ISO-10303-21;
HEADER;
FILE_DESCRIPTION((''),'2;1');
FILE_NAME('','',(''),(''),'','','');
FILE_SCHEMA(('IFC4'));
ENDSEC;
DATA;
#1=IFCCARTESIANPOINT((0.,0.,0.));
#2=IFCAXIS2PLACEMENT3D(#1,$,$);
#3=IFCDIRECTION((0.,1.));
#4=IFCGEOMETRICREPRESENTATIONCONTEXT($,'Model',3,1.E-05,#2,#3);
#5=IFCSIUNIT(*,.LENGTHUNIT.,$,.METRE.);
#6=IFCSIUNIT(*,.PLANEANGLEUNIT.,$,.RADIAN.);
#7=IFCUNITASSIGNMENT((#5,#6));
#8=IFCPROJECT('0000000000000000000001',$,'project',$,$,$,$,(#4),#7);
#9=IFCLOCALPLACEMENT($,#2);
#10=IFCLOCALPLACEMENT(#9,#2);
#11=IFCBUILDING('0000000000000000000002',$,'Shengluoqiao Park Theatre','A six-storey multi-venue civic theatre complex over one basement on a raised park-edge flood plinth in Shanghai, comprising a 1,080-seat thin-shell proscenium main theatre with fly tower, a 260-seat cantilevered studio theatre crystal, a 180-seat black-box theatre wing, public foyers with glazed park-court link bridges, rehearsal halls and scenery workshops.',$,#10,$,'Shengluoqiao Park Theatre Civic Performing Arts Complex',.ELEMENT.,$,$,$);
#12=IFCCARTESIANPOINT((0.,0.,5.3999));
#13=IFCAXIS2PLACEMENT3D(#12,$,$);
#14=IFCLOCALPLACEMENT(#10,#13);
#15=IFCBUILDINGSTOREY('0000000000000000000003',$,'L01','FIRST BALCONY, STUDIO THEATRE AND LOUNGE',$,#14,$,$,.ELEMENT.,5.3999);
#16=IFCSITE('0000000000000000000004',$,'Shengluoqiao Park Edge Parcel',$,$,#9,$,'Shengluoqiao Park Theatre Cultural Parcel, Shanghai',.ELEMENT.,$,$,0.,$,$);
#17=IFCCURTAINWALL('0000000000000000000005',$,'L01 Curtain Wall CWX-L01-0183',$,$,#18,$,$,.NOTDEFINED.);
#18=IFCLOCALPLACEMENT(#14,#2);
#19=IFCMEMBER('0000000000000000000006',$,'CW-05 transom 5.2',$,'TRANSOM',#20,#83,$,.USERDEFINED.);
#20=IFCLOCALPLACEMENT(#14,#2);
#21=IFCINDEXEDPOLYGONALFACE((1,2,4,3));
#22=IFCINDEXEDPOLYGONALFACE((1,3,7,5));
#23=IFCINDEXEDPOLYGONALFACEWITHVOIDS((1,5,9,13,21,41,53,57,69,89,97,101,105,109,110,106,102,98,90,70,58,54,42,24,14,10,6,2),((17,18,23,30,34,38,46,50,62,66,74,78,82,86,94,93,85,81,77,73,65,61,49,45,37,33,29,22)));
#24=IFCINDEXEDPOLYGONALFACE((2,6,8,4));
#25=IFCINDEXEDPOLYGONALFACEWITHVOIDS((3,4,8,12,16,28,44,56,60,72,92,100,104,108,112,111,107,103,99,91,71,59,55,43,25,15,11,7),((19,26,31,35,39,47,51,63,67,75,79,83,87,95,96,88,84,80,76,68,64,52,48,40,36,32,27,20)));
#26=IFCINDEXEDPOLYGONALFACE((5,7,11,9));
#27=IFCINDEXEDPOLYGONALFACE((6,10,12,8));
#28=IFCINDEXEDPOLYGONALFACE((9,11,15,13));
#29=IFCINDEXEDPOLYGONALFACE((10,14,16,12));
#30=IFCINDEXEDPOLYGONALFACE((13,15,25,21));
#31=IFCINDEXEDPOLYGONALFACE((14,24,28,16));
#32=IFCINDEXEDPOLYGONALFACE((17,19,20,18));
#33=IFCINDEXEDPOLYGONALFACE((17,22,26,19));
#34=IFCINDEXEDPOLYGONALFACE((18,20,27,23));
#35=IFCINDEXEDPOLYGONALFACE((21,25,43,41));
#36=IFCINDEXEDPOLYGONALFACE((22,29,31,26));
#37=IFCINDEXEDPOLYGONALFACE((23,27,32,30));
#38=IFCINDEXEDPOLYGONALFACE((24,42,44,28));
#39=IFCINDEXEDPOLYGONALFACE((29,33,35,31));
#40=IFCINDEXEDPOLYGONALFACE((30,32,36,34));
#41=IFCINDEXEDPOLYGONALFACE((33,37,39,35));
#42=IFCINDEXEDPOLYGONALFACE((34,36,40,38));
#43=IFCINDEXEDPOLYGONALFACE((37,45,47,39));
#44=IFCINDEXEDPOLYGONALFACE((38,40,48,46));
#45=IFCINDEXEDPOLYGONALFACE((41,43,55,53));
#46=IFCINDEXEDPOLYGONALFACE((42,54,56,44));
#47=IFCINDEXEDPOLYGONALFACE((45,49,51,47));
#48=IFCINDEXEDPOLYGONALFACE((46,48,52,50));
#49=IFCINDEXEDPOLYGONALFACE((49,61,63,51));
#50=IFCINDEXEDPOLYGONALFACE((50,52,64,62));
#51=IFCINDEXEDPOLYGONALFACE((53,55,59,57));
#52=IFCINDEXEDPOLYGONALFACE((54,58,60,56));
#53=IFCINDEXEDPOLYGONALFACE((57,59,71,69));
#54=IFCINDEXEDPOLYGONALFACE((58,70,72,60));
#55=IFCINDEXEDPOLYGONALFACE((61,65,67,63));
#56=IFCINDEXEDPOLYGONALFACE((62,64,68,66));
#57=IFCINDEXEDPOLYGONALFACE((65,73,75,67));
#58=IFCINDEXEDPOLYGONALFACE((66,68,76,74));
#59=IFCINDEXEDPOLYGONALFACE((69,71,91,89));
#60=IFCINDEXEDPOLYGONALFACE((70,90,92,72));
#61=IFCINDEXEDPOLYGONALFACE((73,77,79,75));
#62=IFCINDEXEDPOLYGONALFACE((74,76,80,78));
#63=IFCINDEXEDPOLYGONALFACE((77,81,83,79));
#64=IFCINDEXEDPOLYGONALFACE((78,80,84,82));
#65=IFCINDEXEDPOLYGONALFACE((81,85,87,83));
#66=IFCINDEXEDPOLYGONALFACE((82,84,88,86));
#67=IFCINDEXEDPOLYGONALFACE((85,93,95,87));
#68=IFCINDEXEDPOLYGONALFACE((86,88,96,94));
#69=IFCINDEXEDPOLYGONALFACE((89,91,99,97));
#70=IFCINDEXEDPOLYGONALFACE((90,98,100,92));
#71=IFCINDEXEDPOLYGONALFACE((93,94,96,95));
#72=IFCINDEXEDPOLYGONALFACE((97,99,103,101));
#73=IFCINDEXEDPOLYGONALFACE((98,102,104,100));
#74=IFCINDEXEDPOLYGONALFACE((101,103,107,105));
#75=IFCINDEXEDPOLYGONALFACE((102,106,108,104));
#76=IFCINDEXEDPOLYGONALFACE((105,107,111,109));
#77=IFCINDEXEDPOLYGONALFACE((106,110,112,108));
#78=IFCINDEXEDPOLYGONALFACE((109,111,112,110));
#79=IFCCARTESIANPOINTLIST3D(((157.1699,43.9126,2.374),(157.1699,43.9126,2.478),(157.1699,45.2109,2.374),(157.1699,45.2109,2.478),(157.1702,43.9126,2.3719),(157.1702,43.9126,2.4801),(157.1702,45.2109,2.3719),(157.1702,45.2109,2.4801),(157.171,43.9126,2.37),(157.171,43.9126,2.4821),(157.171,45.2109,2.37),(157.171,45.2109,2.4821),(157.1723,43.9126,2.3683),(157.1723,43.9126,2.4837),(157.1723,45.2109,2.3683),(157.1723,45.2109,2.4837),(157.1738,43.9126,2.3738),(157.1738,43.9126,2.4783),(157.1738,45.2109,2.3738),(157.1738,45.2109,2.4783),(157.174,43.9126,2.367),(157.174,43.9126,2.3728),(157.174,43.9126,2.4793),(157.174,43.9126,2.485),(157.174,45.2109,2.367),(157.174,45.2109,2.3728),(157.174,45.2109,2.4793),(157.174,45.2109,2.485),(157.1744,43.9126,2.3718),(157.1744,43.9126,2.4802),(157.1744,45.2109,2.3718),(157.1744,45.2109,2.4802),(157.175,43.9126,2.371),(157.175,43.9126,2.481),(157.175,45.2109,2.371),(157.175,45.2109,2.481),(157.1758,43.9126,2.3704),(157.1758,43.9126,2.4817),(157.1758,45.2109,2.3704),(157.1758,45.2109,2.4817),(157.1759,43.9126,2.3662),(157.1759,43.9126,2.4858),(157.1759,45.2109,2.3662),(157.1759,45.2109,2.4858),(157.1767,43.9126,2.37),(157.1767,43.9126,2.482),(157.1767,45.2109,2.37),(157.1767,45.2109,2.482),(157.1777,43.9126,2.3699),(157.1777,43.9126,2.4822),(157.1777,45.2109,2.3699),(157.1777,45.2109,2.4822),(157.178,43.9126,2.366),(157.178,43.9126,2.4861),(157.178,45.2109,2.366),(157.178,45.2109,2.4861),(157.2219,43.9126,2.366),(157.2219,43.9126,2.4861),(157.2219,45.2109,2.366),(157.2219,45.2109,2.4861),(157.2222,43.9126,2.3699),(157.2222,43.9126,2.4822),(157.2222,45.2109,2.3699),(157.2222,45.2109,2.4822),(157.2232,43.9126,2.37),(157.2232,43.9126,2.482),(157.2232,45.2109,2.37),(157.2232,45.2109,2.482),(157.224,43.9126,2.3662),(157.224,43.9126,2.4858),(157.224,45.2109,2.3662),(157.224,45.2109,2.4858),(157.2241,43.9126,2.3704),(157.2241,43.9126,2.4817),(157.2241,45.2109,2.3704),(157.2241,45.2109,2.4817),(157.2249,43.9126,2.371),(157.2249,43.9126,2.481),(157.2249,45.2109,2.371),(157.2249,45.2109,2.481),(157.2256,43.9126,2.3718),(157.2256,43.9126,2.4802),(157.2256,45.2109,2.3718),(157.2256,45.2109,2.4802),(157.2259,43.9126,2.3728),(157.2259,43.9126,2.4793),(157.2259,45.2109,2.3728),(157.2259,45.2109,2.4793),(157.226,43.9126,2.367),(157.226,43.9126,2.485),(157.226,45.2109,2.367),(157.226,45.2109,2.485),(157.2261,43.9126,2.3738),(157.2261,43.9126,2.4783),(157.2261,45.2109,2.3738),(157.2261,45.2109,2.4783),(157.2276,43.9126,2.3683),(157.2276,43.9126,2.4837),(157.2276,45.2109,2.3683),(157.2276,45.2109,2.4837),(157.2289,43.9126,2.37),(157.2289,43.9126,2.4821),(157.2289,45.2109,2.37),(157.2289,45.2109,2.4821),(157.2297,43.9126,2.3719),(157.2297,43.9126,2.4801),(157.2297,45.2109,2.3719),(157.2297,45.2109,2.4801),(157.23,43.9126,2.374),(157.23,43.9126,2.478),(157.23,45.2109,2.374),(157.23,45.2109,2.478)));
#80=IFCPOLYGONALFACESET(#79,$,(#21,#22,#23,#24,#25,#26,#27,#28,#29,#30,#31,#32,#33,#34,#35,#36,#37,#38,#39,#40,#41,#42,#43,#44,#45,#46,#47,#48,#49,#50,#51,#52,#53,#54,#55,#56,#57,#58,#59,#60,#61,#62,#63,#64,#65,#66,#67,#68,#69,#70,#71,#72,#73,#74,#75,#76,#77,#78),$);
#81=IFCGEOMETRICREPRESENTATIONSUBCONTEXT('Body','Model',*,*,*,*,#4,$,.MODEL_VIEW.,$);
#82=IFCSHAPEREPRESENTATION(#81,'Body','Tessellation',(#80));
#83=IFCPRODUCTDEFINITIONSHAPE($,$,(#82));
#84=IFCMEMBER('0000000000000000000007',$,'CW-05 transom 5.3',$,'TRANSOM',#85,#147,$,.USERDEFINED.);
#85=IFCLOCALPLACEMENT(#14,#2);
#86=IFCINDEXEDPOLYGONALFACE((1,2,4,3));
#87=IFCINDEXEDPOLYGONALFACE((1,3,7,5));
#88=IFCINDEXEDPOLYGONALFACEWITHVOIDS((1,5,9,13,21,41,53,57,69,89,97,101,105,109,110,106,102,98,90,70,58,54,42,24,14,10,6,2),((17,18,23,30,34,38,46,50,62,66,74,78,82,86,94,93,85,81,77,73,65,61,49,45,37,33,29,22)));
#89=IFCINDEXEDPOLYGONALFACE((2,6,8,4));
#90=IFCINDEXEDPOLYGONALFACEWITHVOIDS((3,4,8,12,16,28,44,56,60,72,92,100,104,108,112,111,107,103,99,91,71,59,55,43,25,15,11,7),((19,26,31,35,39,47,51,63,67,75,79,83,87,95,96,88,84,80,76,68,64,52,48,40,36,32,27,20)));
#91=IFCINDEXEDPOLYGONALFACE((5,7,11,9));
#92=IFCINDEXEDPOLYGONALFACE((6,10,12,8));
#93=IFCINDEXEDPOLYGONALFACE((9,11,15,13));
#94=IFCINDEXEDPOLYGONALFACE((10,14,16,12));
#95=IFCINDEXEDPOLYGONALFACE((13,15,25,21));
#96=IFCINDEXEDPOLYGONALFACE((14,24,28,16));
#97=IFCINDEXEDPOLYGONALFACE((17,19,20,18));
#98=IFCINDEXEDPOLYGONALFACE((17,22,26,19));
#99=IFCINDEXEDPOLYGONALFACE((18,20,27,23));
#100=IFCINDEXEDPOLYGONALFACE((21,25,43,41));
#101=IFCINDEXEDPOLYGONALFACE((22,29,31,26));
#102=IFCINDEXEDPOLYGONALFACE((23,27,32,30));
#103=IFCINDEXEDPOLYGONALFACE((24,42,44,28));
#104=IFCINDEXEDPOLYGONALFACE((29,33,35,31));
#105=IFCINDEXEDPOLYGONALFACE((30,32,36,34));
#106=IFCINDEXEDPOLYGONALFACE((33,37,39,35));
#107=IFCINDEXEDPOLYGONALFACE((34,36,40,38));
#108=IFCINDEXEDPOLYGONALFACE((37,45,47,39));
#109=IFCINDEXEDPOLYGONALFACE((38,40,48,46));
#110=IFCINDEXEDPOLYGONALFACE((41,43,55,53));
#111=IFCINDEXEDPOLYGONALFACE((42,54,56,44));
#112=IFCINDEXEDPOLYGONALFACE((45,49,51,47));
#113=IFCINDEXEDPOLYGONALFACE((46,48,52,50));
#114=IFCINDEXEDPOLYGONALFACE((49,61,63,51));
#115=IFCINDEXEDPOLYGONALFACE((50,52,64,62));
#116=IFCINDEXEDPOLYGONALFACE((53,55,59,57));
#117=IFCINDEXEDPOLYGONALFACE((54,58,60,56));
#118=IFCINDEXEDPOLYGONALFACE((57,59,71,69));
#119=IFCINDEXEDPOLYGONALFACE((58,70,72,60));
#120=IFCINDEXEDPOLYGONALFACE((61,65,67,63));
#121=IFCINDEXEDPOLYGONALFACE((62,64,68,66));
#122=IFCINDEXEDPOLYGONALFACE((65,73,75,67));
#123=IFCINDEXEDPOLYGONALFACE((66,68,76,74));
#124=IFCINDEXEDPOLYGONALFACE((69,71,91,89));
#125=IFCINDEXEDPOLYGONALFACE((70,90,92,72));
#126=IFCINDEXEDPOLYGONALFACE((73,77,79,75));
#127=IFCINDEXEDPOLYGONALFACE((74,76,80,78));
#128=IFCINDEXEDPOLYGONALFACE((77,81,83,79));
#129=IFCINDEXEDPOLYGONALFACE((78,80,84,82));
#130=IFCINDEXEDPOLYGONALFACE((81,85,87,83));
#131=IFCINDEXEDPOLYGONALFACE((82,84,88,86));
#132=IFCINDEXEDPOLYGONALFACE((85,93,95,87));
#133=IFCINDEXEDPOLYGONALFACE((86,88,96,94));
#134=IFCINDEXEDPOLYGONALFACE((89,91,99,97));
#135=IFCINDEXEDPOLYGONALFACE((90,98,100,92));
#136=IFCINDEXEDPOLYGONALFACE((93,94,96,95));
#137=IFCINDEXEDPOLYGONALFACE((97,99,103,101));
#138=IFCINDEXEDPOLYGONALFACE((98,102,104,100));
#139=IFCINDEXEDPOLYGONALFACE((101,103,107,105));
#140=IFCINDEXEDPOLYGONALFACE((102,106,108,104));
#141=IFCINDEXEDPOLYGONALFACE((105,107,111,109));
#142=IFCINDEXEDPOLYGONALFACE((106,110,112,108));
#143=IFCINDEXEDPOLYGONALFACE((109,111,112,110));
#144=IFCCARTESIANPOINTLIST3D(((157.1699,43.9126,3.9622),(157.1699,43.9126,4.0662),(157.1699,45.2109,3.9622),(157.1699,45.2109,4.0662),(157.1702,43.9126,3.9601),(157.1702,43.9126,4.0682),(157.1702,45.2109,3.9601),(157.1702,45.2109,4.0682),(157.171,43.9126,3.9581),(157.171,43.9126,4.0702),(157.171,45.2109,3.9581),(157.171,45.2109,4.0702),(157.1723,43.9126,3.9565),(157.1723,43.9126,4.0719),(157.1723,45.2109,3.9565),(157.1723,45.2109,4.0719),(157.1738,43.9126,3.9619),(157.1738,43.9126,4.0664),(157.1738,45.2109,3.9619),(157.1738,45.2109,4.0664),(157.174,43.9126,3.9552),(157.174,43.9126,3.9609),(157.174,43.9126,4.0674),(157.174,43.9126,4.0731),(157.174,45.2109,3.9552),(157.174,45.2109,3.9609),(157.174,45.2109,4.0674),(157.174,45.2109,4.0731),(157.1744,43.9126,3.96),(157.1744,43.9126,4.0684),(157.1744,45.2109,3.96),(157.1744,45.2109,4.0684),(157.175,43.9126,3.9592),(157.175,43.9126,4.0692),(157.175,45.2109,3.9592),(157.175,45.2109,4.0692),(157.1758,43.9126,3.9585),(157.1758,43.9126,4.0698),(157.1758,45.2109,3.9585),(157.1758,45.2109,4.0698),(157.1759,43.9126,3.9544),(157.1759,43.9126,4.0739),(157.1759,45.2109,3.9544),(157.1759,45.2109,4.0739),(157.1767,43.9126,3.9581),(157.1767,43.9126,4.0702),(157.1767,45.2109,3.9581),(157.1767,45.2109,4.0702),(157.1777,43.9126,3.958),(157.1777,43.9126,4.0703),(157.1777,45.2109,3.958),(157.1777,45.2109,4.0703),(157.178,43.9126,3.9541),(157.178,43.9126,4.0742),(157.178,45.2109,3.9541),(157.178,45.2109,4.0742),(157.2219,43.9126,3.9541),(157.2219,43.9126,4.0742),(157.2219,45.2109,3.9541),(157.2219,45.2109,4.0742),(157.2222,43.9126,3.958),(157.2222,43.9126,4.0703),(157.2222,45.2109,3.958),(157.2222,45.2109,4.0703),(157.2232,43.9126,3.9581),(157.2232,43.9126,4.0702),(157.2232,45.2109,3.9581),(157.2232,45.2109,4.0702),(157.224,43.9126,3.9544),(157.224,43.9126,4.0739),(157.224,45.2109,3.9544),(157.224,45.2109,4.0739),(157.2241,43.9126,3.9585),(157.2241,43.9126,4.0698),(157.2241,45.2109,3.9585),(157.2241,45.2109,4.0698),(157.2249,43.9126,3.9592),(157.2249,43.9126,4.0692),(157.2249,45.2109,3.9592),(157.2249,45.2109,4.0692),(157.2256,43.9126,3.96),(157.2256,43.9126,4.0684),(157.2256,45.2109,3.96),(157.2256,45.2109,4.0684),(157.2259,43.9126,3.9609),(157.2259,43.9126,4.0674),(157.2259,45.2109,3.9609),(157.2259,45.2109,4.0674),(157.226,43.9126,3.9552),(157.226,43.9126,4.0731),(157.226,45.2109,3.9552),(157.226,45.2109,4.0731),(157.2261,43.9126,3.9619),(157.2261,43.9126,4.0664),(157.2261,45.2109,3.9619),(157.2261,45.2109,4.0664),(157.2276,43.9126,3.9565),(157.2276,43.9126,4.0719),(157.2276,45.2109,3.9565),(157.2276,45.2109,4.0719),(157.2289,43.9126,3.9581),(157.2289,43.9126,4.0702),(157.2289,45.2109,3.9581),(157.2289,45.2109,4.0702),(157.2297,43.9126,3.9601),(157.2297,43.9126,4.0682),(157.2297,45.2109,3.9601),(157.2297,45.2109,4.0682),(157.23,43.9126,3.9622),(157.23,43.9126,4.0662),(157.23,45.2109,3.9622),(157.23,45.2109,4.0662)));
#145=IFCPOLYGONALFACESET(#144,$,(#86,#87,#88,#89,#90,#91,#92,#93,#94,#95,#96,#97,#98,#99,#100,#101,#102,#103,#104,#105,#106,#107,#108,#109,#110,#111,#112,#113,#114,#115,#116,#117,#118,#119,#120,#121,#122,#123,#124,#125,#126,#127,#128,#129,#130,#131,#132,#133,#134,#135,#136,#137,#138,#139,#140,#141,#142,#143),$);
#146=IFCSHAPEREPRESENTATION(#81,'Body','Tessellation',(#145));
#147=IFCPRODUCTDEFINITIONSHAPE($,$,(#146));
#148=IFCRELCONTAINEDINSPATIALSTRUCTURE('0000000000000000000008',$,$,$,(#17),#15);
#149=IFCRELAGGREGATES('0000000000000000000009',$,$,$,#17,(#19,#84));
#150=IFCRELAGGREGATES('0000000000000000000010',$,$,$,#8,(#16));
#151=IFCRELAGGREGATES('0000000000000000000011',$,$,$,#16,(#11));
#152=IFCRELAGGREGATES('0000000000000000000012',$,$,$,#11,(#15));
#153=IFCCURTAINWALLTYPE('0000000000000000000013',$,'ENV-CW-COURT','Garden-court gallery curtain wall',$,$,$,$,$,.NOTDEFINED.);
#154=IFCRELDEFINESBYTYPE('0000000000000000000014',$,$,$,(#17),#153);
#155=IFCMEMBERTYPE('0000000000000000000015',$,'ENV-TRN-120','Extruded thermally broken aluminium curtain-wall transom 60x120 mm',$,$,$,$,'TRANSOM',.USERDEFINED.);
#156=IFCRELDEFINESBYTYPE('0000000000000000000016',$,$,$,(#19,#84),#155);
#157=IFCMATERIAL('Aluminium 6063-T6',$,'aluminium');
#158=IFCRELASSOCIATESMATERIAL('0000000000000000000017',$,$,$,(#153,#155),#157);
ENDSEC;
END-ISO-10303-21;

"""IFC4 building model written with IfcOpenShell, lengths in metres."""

from ifc_helpers import new_model, si_unit, direction, frame, origin, origin_2d, place, context, subcontext, project, spatial, hollow_rectangle, extrude, material, material_profile, profile_set, type_object, element, aggregate, save


model = new_model("IFC4")

# Units and contexts
model_context = context("Model", 3, precision=1e-05, world=origin(), true_north=direction((0.0, 1.0)))
body_context = subcontext(model_context, "Body", "Model", "MODEL_VIEW")
ifc_project = project(units=[si_unit("LENGTHUNIT", "METRE"), si_unit("PLANEANGLEUNIT", "RADIAN")], contexts=[model_context])

# Site, building, storey
site_placement = place(None, origin())
site = spatial("IfcSite", under=ifc_project, at=site_placement, Name="Shengluoqiao Park Edge Parcel", LongName="Shengluoqiao Park Theatre Cultural Parcel, Shanghai", CompositionType="ELEMENT", RefElevation=0.0)
building_placement = place(site_placement, origin())
building = spatial("IfcBuilding", under=site, at=building_placement, Name="Shengluoqiao Park Theatre", Description="A six-storey multi-venue civic theatre complex over one basement on a raised park-edge flood plinth in Shanghai, comprising a 1,080-seat thin-shell proscenium main theatre with fly tower, a 260-seat cantilevered studio theatre crystal, a 180-seat black-box theatre wing, public foyers with glazed park-court link bridges, rehearsal halls and scenery workshops.", LongName="Shengluoqiao Park Theatre Civic Performing Arts Complex", CompositionType="ELEMENT")
storey_placement = place(building_placement, frame((0.0, 0.0, 5.3999)))
storey = spatial("IfcBuildingStorey", under=building, at=storey_placement, Name="L01", Description="FIRST BALCONY, STUDIO THEATRE AND LOUNGE", CompositionType="ELEMENT", Elevation=5.3999)

# Curtain wall
ifc_material_1 = material(Name="Aluminium 6063-T6", Category="aluminium")
curtain_wall_type = type_object("IfcCurtainWallType", Name="ENV-CW-COURT", Description="Garden-court gallery curtain wall", PredefinedType="NOTDEFINED", material=ifc_material_1)
curtain_wall_1_placement = place(storey_placement, origin())
curtain_wall_1 = element("IfcCurtainWall", 1, at=curtain_wall_1_placement, inside=storey, type_object=curtain_wall_type, Name="L01 Curtain Wall CWX-L01-0183", PredefinedType="NOTDEFINED")

# Members
ifc_material_profile_1 = material_profile(ifc_material_1, hollow_rectangle(XDim=0.0601, YDim=0.1201, WallThickness=0.0039, InnerFilletRadius=0.0039, OuterFilletRadius=0.0081, at=origin_2d()), Name="ALU TRANSOM 120x60x4")
ifc_profile_set_1 = profile_set([ifc_material_profile_1], Name="Aluminium 6063-T6")
member_type_1 = type_object("IfcMemberType", Name="ENV-TRN-120", Description="Extruded thermally broken aluminium curtain-wall transom 60x120 mm", ElementType="TRANSOM", PredefinedType="USERDEFINED", material=ifc_profile_set_1)
member_1_placement = place(storey_placement, frame((157.2, 43.9126, 2.426), z_axis=(0.0, 1.0, 0.0), x_axis=(-1.0, 0.0, 0.0)))
member_1 = element("IfcMember", 2, at=member_1_placement, type_object=member_type_1, Name="CW-05 transom 5.2", ObjectType="TRANSOM", PredefinedType="USERDEFINED", context=body_context, shape_type="SweptSolid", body=[
    extrude(hollow_rectangle(XDim=0.0601, YDim=0.1201, WallThickness=0.0039, InnerFilletRadius=0.0039, OuterFilletRadius=0.0081, at=origin_2d()), origin(), (0.0, 0.0, 1.0), 1.2983),
])
member_2_placement = place(storey_placement, frame((157.2, 43.9126, 4.0142), z_axis=(0.0, 1.0, 0.0), x_axis=(-1.0, 0.0, 0.0)))
member_2 = element("IfcMember", 3, at=member_2_placement, type_object=member_type_1, Name="CW-05 transom 5.3", ObjectType="TRANSOM", PredefinedType="USERDEFINED", context=body_context, shape_type="SweptSolid", body=[
    extrude(hollow_rectangle(XDim=0.0601, YDim=0.1201, WallThickness=0.0039, InnerFilletRadius=0.0039, OuterFilletRadius=0.0081, at=origin_2d()), origin(), (0.0, 0.0, 1.0), 1.2983),
])

aggregate(curtain_wall_1, [member_1, member_2])

save(model, "model.ifc")
